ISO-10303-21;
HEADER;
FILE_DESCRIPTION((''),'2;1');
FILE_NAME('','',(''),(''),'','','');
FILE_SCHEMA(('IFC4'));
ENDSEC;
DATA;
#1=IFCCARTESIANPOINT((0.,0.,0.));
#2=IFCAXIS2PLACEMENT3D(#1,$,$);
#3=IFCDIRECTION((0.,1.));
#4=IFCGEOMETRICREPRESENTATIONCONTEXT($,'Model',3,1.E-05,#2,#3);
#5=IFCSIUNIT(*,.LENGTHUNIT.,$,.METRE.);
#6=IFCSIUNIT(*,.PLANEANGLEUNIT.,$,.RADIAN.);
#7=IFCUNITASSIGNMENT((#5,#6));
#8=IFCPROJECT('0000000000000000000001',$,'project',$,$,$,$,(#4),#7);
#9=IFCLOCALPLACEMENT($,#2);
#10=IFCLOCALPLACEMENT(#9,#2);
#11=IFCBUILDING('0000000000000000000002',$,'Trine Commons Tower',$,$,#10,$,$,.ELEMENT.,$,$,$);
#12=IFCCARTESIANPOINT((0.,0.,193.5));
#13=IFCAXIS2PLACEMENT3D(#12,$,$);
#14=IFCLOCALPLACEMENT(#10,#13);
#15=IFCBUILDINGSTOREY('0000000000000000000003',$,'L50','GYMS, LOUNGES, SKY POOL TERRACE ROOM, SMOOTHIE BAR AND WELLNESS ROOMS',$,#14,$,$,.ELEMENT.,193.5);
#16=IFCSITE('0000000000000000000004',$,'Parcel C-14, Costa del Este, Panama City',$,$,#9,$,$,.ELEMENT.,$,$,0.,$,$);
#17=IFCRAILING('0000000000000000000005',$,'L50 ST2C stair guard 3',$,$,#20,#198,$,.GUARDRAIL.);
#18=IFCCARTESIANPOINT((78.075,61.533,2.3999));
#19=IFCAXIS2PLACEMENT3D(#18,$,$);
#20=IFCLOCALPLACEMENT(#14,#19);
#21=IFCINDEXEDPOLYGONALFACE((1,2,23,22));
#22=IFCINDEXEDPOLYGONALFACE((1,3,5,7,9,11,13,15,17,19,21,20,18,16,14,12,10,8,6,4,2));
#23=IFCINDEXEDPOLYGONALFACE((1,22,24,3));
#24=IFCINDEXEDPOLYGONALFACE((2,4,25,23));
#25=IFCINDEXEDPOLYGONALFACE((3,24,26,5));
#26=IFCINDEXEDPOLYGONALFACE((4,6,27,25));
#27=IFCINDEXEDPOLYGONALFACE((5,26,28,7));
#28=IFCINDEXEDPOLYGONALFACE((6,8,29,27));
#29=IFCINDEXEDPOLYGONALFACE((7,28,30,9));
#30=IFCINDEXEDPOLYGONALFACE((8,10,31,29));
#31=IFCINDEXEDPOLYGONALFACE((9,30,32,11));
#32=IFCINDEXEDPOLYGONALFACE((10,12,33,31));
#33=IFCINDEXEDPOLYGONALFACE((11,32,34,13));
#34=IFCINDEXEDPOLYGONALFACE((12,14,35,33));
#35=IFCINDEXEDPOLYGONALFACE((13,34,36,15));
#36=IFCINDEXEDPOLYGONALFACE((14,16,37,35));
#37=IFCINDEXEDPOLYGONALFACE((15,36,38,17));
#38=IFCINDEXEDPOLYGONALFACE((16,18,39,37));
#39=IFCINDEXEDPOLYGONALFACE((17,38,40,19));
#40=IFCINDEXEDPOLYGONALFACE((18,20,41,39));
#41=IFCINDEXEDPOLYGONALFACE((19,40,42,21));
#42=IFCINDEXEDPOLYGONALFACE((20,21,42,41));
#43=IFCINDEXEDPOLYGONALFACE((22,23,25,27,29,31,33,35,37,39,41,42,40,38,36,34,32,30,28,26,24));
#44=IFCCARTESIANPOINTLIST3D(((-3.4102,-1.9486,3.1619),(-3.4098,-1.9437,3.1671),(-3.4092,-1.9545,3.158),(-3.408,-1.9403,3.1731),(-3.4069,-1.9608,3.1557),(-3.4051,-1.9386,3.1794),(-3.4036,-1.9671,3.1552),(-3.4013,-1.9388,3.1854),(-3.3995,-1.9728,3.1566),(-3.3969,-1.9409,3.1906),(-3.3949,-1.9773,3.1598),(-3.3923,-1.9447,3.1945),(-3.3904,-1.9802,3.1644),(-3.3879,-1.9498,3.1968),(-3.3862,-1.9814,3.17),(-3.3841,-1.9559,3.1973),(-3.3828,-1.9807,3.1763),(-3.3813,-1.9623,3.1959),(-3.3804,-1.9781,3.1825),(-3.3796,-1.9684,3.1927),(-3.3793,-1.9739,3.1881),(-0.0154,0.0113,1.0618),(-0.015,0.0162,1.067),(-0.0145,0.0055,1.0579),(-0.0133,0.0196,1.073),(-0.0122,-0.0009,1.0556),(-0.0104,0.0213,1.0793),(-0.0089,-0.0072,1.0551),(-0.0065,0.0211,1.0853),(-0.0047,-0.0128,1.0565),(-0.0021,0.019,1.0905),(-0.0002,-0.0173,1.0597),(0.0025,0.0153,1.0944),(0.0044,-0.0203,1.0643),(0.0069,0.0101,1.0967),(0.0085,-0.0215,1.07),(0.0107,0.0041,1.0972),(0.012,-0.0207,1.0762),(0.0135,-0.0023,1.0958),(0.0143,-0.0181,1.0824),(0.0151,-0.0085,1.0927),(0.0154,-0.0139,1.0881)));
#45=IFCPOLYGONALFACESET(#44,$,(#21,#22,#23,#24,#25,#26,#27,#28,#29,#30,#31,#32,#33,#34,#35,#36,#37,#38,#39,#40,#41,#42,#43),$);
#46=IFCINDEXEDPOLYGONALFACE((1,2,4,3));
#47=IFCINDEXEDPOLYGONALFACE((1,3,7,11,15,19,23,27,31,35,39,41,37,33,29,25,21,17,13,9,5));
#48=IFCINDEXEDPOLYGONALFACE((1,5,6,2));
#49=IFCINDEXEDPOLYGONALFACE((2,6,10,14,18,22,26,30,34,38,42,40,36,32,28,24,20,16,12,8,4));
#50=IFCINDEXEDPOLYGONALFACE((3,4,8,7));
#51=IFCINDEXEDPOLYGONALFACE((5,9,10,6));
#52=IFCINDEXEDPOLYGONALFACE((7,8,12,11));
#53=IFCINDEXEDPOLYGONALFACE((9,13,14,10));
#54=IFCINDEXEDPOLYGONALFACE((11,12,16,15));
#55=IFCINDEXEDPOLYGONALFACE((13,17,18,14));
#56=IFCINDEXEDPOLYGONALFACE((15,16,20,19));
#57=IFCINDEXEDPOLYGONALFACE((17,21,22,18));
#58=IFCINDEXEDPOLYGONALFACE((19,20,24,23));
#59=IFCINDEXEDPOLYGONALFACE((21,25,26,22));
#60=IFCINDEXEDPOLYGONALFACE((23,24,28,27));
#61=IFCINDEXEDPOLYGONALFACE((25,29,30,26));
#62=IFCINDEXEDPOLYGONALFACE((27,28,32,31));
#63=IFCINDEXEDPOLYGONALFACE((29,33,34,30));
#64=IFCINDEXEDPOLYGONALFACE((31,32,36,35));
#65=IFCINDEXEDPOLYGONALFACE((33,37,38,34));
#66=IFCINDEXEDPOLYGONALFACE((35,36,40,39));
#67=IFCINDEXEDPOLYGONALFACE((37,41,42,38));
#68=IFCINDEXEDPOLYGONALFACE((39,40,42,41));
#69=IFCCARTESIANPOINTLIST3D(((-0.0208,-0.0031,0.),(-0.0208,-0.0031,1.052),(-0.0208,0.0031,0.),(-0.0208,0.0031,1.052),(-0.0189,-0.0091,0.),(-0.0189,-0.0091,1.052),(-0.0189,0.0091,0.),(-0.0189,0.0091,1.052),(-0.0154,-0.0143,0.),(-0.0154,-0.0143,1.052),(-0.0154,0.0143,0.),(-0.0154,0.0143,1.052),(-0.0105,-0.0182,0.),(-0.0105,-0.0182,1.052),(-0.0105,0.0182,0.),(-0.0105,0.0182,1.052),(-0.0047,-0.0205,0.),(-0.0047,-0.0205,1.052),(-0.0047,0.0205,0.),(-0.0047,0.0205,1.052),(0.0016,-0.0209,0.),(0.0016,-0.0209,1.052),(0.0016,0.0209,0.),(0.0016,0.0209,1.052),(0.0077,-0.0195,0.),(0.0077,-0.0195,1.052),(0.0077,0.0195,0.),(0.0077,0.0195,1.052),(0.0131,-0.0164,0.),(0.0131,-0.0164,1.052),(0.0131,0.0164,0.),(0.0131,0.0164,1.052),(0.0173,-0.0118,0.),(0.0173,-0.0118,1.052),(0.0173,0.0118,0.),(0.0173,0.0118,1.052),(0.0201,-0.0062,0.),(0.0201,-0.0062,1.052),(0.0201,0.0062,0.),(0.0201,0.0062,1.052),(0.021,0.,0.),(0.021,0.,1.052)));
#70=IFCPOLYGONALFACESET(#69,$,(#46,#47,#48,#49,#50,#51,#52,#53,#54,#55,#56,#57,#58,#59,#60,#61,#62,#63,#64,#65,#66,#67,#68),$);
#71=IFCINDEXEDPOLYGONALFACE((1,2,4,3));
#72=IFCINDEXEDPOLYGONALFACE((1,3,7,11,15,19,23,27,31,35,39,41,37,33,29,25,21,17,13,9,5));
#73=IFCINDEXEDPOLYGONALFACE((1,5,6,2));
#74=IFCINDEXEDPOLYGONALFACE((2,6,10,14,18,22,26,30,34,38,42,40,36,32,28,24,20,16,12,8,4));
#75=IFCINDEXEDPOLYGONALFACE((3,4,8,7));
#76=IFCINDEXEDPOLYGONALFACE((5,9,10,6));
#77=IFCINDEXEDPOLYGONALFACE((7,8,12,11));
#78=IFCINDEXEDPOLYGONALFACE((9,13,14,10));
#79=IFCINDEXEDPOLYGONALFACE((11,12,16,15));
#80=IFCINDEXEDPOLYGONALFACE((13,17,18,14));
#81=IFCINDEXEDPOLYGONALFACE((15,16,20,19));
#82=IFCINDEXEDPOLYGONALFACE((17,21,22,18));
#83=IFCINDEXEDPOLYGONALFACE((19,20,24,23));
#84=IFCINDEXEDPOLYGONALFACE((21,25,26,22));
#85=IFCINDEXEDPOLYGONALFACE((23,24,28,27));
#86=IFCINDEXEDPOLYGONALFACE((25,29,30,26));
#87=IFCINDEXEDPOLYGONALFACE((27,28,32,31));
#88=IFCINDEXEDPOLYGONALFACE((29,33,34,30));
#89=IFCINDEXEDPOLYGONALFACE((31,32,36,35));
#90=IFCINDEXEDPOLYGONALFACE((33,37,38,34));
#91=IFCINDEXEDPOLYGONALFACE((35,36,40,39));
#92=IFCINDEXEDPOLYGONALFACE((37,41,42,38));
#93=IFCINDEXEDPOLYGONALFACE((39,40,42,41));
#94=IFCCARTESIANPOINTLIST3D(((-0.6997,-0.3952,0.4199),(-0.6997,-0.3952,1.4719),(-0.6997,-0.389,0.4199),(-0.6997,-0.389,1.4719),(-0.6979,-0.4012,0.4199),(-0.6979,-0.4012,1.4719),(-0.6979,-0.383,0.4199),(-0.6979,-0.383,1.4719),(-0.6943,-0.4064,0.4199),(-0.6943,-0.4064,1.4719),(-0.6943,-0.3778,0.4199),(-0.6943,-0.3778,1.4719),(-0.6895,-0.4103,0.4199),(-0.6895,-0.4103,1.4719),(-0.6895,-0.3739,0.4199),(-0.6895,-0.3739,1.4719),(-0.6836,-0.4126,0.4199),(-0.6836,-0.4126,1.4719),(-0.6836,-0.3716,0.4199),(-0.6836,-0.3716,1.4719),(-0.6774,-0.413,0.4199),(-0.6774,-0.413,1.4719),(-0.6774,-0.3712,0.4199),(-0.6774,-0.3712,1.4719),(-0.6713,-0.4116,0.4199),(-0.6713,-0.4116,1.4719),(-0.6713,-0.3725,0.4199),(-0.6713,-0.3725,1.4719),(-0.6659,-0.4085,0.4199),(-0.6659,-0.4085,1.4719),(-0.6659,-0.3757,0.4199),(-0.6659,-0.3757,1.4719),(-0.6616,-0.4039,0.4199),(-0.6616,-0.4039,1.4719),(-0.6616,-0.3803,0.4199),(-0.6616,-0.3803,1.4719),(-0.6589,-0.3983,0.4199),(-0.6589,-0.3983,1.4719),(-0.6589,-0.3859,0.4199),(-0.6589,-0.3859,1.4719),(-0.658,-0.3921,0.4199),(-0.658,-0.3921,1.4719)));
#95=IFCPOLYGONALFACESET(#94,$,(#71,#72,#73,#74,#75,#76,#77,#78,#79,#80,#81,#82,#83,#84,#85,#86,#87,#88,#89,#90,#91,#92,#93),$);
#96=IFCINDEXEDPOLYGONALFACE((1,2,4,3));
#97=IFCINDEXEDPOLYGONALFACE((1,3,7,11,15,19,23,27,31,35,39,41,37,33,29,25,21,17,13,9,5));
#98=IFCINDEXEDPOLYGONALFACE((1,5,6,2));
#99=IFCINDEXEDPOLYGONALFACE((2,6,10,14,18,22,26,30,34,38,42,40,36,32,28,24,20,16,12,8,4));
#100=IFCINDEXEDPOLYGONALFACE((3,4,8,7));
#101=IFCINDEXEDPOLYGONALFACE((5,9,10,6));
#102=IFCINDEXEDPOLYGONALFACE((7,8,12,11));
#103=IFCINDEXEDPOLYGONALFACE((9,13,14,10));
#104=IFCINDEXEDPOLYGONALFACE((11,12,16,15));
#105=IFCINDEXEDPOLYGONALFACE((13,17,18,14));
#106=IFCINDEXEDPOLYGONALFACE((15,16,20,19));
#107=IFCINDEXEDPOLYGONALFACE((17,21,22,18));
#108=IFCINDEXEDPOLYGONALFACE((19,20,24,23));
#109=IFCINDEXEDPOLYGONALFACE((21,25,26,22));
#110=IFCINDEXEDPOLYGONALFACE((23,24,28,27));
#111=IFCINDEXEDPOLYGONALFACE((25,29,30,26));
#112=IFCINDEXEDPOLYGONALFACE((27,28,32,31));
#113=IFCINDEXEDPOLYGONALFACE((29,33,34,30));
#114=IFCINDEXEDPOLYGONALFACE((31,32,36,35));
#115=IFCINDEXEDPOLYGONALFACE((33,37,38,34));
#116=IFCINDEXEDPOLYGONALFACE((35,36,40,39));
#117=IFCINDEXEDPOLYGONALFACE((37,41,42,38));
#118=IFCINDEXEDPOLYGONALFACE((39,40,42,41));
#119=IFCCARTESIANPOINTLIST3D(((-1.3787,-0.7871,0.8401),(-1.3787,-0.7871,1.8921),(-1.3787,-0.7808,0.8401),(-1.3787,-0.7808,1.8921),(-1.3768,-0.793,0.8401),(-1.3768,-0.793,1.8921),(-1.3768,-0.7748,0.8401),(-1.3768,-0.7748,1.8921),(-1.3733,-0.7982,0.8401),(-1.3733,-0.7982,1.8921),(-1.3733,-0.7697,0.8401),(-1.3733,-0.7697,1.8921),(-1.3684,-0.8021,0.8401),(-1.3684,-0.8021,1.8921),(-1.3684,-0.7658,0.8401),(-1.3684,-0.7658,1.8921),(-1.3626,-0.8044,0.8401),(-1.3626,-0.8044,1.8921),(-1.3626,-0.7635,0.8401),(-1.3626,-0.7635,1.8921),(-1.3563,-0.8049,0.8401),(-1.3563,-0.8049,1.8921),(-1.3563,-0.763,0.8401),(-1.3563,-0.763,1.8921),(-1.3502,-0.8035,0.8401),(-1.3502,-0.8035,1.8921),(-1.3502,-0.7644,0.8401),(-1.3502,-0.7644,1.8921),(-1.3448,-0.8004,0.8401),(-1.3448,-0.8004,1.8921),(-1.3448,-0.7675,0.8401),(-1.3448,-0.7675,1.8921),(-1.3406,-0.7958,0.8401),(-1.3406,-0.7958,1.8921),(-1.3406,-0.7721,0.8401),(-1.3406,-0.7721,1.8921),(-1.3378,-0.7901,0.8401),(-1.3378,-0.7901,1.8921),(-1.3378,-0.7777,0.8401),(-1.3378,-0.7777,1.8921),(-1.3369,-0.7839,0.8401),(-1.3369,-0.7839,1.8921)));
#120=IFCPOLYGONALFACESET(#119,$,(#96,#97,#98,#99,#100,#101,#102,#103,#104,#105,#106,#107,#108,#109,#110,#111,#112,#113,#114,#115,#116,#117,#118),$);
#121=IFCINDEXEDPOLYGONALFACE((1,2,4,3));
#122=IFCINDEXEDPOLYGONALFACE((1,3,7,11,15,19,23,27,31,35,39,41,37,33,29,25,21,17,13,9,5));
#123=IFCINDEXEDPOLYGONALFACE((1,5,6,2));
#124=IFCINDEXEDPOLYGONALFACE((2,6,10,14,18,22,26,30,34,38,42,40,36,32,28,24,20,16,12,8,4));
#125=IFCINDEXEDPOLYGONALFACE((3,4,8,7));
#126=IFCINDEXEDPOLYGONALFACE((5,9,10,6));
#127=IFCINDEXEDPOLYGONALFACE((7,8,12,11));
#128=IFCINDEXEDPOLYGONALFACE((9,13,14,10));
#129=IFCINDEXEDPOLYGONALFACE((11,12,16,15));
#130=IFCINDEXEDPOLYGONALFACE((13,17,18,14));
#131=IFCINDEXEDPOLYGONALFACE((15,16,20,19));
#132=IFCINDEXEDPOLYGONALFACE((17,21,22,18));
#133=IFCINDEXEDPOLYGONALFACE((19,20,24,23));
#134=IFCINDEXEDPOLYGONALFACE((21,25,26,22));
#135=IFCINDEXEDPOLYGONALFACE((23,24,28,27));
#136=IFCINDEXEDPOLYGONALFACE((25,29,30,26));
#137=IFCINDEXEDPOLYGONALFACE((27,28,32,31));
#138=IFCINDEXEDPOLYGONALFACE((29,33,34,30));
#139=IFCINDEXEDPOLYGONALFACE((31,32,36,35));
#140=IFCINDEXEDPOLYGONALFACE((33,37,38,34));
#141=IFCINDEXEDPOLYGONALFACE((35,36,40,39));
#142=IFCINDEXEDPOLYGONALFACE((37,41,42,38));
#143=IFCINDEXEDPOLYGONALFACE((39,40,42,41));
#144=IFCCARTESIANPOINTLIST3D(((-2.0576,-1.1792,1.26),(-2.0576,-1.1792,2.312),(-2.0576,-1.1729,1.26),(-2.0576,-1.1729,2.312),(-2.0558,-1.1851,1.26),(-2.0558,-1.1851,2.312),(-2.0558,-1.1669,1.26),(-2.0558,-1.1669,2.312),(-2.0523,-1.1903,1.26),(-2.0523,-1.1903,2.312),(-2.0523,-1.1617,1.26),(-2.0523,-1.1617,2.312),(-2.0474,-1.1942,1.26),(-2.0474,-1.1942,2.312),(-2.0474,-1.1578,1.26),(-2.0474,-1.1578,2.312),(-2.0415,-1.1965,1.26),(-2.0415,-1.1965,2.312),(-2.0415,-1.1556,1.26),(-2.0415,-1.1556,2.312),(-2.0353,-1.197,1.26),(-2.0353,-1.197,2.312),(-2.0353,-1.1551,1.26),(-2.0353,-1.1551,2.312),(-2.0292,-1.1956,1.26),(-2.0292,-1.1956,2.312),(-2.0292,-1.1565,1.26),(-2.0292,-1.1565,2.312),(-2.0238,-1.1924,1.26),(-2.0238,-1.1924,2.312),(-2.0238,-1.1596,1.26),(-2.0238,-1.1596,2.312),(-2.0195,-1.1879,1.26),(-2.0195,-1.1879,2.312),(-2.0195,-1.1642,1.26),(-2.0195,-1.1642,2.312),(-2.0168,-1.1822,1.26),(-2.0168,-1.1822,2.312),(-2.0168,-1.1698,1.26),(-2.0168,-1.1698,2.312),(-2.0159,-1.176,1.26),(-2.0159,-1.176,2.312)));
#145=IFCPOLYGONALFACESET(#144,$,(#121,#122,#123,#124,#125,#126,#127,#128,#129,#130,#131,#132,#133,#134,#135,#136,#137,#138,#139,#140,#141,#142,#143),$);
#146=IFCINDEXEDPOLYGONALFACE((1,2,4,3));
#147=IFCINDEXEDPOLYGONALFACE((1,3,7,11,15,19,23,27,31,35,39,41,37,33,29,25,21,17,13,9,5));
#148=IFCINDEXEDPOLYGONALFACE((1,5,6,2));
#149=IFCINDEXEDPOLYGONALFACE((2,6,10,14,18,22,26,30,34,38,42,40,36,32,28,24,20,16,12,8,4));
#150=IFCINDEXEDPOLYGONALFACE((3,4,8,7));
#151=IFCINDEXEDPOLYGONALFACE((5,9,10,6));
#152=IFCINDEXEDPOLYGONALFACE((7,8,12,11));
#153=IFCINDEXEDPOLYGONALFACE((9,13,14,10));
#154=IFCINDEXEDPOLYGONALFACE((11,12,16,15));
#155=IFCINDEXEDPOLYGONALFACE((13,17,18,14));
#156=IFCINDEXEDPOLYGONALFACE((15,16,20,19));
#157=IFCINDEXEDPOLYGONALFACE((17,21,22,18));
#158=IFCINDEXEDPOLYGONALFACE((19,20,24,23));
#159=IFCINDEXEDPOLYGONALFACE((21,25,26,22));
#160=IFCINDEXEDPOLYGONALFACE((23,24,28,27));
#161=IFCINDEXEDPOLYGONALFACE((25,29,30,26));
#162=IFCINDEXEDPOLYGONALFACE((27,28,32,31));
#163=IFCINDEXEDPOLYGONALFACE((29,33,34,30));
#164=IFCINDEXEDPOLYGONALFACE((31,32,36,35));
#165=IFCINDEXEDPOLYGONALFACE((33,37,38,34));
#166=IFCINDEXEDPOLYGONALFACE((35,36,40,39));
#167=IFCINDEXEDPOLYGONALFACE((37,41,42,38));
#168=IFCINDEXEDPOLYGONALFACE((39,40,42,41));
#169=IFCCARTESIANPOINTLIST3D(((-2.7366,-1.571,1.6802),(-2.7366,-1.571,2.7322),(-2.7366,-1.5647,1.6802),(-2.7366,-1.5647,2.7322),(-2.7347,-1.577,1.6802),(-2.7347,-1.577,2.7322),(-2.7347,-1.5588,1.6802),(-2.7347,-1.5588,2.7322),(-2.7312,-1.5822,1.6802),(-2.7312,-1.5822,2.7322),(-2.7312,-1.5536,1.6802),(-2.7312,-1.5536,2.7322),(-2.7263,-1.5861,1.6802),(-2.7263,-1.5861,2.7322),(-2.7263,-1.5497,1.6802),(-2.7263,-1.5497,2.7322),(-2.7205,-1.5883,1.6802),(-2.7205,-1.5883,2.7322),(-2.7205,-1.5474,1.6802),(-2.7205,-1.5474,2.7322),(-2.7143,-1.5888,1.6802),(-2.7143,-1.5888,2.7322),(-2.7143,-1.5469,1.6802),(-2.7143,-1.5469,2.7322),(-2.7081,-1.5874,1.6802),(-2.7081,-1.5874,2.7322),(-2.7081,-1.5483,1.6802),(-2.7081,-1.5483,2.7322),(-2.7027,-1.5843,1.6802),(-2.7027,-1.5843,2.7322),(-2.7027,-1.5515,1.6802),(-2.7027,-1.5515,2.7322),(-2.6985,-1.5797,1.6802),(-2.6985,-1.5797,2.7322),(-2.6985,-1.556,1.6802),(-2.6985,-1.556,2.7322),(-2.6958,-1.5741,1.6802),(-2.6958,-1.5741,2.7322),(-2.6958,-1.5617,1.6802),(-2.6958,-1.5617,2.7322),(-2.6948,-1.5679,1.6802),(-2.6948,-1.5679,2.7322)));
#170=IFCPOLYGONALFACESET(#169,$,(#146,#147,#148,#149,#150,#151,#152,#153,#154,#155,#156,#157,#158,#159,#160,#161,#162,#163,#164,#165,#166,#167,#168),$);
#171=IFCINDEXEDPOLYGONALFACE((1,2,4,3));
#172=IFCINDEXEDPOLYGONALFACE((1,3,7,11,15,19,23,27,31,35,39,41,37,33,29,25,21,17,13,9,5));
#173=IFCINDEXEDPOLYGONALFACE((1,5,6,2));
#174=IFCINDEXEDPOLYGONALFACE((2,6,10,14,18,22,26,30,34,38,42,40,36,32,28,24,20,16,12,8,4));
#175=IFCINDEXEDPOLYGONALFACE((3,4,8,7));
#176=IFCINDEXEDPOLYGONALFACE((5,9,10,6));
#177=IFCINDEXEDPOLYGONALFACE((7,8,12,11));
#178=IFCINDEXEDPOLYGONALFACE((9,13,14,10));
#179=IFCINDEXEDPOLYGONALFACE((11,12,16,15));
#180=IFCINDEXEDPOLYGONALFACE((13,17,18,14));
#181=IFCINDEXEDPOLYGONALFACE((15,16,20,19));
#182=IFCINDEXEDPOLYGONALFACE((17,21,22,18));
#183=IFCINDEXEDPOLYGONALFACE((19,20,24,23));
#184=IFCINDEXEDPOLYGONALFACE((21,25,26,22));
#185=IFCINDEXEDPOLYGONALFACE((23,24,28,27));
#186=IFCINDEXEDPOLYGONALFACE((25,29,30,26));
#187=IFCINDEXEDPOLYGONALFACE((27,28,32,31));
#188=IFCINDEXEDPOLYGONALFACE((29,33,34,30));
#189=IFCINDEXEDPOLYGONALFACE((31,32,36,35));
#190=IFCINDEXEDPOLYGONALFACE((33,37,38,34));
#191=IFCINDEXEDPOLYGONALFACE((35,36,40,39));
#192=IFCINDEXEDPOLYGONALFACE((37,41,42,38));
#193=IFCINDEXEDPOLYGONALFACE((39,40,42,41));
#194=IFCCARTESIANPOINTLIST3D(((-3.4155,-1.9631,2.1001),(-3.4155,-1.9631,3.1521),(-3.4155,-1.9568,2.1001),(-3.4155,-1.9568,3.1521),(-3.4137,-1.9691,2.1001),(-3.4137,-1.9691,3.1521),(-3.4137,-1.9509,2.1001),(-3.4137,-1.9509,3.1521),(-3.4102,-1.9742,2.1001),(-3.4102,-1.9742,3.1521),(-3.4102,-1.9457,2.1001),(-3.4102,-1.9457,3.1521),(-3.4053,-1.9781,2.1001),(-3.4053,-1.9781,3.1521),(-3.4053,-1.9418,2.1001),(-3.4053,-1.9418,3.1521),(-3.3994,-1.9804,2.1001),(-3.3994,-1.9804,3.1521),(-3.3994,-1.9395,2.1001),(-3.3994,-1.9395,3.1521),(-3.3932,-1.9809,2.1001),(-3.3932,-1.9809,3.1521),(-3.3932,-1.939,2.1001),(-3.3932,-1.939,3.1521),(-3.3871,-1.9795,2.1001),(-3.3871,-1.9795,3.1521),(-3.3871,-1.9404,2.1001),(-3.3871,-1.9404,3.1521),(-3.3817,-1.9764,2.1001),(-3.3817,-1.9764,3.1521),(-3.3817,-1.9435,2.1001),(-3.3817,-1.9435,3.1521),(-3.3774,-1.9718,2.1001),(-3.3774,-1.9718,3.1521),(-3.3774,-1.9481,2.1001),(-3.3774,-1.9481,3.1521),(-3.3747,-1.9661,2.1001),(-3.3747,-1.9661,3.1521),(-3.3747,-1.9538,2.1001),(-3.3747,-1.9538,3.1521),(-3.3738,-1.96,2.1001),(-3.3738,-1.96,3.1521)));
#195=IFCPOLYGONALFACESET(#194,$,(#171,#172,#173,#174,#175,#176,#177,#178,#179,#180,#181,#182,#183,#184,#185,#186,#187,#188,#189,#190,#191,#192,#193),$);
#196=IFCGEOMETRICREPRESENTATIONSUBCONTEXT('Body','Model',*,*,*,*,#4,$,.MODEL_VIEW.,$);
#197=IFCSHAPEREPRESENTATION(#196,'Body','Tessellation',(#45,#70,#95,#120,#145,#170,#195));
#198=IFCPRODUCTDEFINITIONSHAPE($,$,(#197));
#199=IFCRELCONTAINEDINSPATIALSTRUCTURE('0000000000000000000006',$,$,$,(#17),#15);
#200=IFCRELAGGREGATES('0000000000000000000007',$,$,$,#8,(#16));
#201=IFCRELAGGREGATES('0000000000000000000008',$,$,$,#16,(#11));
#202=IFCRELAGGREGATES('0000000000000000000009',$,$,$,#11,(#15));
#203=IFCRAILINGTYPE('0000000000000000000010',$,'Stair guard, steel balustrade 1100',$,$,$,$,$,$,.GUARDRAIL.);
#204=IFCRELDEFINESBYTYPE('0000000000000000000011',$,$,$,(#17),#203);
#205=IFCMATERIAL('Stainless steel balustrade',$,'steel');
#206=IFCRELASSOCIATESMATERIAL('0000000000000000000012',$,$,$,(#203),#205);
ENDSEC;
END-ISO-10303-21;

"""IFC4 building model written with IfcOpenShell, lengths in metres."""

from ifc_helpers import new_model, si_unit, direction, frame, origin, origin_2d, place, context, subcontext, project, spatial, circle, extrude, material, type_object, element, save


model = new_model("IFC4")

# Units and contexts
model_context = context("Model", 3, precision=1e-05, world=origin(), true_north=direction((0.0, 1.0)))
body_context = subcontext(model_context, "Body", "Model", "MODEL_VIEW")
ifc_project = project(units=[si_unit("LENGTHUNIT", "METRE"), si_unit("PLANEANGLEUNIT", "RADIAN")], contexts=[model_context])

# Site, building, storey
site_placement = place(None, origin())
site = spatial("IfcSite", under=ifc_project, at=site_placement, Name="Parcel C-14, Costa del Este, Panama City", CompositionType="ELEMENT", RefElevation=0.0)
building_placement = place(site_placement, origin())
building = spatial("IfcBuilding", under=site, at=building_placement, Name="Trine Commons Tower", CompositionType="ELEMENT")
storey_placement = place(building_placement, frame((0.0, 0.0, 193.5)))
storey = spatial("IfcBuildingStorey", under=building, at=storey_placement, Name="L50", Description="GYMS, LOUNGES, SKY POOL TERRACE ROOM, SMOOTHIE BAR AND WELLNESS ROOMS", CompositionType="ELEMENT", Elevation=193.5)

# Railing
ifc_material_1 = material(Name="Stainless steel balustrade", Category="steel")
railing_type_1 = type_object("IfcRailingType", Name="Stair guard, steel balustrade 1100", PredefinedType="GUARDRAIL", material=ifc_material_1)
railing_1_placement = place(storey_placement, frame((78.075, 61.533, 2.3999)))
element("IfcRailing", 1, at=railing_1_placement, inside=storey, type_object=railing_type_1, Name="L50 ST2C stair guard 3", PredefinedType="GUARDRAIL", context=body_context, shape_type="SweptSolid", body=[
    extrude(circle(Radius=0.0239, at=origin_2d()), frame((0.0, 0.0, 1.0762), z_axis=(-0.763375, -0.440732, 0.472244), x_axis=(0.499997, -0.866027, 0.0)), (0.0, 0.0, 1.0), 4.447),
    extrude(circle(Radius=0.021, at=origin_2d()), origin(), (0.0, 0.0, 1.0), 1.052),
    extrude(circle(Radius=0.021, at=origin_2d()), frame((-0.679, -0.3921, 0.4199)), (0.0, 0.0, 1.0), 1.052),
    extrude(circle(Radius=0.021, at=origin_2d()), frame((-1.3579, -0.7839, 0.8401)), (0.0, 0.0, 1.0), 1.052),
    extrude(circle(Radius=0.021, at=origin_2d()), frame((-2.0369, -1.176, 1.26)), (0.0, 0.0, 1.0), 1.052),
    extrude(circle(Radius=0.021, at=origin_2d()), frame((-2.7158, -1.5679, 1.6802)), (0.0, 0.0, 1.0), 1.052),
    extrude(circle(Radius=0.021, at=origin_2d()), frame((-3.3948, -1.96, 2.1001)), (0.0, 0.0, 1.0), 1.052),
])

save(model, "model.ifc")
